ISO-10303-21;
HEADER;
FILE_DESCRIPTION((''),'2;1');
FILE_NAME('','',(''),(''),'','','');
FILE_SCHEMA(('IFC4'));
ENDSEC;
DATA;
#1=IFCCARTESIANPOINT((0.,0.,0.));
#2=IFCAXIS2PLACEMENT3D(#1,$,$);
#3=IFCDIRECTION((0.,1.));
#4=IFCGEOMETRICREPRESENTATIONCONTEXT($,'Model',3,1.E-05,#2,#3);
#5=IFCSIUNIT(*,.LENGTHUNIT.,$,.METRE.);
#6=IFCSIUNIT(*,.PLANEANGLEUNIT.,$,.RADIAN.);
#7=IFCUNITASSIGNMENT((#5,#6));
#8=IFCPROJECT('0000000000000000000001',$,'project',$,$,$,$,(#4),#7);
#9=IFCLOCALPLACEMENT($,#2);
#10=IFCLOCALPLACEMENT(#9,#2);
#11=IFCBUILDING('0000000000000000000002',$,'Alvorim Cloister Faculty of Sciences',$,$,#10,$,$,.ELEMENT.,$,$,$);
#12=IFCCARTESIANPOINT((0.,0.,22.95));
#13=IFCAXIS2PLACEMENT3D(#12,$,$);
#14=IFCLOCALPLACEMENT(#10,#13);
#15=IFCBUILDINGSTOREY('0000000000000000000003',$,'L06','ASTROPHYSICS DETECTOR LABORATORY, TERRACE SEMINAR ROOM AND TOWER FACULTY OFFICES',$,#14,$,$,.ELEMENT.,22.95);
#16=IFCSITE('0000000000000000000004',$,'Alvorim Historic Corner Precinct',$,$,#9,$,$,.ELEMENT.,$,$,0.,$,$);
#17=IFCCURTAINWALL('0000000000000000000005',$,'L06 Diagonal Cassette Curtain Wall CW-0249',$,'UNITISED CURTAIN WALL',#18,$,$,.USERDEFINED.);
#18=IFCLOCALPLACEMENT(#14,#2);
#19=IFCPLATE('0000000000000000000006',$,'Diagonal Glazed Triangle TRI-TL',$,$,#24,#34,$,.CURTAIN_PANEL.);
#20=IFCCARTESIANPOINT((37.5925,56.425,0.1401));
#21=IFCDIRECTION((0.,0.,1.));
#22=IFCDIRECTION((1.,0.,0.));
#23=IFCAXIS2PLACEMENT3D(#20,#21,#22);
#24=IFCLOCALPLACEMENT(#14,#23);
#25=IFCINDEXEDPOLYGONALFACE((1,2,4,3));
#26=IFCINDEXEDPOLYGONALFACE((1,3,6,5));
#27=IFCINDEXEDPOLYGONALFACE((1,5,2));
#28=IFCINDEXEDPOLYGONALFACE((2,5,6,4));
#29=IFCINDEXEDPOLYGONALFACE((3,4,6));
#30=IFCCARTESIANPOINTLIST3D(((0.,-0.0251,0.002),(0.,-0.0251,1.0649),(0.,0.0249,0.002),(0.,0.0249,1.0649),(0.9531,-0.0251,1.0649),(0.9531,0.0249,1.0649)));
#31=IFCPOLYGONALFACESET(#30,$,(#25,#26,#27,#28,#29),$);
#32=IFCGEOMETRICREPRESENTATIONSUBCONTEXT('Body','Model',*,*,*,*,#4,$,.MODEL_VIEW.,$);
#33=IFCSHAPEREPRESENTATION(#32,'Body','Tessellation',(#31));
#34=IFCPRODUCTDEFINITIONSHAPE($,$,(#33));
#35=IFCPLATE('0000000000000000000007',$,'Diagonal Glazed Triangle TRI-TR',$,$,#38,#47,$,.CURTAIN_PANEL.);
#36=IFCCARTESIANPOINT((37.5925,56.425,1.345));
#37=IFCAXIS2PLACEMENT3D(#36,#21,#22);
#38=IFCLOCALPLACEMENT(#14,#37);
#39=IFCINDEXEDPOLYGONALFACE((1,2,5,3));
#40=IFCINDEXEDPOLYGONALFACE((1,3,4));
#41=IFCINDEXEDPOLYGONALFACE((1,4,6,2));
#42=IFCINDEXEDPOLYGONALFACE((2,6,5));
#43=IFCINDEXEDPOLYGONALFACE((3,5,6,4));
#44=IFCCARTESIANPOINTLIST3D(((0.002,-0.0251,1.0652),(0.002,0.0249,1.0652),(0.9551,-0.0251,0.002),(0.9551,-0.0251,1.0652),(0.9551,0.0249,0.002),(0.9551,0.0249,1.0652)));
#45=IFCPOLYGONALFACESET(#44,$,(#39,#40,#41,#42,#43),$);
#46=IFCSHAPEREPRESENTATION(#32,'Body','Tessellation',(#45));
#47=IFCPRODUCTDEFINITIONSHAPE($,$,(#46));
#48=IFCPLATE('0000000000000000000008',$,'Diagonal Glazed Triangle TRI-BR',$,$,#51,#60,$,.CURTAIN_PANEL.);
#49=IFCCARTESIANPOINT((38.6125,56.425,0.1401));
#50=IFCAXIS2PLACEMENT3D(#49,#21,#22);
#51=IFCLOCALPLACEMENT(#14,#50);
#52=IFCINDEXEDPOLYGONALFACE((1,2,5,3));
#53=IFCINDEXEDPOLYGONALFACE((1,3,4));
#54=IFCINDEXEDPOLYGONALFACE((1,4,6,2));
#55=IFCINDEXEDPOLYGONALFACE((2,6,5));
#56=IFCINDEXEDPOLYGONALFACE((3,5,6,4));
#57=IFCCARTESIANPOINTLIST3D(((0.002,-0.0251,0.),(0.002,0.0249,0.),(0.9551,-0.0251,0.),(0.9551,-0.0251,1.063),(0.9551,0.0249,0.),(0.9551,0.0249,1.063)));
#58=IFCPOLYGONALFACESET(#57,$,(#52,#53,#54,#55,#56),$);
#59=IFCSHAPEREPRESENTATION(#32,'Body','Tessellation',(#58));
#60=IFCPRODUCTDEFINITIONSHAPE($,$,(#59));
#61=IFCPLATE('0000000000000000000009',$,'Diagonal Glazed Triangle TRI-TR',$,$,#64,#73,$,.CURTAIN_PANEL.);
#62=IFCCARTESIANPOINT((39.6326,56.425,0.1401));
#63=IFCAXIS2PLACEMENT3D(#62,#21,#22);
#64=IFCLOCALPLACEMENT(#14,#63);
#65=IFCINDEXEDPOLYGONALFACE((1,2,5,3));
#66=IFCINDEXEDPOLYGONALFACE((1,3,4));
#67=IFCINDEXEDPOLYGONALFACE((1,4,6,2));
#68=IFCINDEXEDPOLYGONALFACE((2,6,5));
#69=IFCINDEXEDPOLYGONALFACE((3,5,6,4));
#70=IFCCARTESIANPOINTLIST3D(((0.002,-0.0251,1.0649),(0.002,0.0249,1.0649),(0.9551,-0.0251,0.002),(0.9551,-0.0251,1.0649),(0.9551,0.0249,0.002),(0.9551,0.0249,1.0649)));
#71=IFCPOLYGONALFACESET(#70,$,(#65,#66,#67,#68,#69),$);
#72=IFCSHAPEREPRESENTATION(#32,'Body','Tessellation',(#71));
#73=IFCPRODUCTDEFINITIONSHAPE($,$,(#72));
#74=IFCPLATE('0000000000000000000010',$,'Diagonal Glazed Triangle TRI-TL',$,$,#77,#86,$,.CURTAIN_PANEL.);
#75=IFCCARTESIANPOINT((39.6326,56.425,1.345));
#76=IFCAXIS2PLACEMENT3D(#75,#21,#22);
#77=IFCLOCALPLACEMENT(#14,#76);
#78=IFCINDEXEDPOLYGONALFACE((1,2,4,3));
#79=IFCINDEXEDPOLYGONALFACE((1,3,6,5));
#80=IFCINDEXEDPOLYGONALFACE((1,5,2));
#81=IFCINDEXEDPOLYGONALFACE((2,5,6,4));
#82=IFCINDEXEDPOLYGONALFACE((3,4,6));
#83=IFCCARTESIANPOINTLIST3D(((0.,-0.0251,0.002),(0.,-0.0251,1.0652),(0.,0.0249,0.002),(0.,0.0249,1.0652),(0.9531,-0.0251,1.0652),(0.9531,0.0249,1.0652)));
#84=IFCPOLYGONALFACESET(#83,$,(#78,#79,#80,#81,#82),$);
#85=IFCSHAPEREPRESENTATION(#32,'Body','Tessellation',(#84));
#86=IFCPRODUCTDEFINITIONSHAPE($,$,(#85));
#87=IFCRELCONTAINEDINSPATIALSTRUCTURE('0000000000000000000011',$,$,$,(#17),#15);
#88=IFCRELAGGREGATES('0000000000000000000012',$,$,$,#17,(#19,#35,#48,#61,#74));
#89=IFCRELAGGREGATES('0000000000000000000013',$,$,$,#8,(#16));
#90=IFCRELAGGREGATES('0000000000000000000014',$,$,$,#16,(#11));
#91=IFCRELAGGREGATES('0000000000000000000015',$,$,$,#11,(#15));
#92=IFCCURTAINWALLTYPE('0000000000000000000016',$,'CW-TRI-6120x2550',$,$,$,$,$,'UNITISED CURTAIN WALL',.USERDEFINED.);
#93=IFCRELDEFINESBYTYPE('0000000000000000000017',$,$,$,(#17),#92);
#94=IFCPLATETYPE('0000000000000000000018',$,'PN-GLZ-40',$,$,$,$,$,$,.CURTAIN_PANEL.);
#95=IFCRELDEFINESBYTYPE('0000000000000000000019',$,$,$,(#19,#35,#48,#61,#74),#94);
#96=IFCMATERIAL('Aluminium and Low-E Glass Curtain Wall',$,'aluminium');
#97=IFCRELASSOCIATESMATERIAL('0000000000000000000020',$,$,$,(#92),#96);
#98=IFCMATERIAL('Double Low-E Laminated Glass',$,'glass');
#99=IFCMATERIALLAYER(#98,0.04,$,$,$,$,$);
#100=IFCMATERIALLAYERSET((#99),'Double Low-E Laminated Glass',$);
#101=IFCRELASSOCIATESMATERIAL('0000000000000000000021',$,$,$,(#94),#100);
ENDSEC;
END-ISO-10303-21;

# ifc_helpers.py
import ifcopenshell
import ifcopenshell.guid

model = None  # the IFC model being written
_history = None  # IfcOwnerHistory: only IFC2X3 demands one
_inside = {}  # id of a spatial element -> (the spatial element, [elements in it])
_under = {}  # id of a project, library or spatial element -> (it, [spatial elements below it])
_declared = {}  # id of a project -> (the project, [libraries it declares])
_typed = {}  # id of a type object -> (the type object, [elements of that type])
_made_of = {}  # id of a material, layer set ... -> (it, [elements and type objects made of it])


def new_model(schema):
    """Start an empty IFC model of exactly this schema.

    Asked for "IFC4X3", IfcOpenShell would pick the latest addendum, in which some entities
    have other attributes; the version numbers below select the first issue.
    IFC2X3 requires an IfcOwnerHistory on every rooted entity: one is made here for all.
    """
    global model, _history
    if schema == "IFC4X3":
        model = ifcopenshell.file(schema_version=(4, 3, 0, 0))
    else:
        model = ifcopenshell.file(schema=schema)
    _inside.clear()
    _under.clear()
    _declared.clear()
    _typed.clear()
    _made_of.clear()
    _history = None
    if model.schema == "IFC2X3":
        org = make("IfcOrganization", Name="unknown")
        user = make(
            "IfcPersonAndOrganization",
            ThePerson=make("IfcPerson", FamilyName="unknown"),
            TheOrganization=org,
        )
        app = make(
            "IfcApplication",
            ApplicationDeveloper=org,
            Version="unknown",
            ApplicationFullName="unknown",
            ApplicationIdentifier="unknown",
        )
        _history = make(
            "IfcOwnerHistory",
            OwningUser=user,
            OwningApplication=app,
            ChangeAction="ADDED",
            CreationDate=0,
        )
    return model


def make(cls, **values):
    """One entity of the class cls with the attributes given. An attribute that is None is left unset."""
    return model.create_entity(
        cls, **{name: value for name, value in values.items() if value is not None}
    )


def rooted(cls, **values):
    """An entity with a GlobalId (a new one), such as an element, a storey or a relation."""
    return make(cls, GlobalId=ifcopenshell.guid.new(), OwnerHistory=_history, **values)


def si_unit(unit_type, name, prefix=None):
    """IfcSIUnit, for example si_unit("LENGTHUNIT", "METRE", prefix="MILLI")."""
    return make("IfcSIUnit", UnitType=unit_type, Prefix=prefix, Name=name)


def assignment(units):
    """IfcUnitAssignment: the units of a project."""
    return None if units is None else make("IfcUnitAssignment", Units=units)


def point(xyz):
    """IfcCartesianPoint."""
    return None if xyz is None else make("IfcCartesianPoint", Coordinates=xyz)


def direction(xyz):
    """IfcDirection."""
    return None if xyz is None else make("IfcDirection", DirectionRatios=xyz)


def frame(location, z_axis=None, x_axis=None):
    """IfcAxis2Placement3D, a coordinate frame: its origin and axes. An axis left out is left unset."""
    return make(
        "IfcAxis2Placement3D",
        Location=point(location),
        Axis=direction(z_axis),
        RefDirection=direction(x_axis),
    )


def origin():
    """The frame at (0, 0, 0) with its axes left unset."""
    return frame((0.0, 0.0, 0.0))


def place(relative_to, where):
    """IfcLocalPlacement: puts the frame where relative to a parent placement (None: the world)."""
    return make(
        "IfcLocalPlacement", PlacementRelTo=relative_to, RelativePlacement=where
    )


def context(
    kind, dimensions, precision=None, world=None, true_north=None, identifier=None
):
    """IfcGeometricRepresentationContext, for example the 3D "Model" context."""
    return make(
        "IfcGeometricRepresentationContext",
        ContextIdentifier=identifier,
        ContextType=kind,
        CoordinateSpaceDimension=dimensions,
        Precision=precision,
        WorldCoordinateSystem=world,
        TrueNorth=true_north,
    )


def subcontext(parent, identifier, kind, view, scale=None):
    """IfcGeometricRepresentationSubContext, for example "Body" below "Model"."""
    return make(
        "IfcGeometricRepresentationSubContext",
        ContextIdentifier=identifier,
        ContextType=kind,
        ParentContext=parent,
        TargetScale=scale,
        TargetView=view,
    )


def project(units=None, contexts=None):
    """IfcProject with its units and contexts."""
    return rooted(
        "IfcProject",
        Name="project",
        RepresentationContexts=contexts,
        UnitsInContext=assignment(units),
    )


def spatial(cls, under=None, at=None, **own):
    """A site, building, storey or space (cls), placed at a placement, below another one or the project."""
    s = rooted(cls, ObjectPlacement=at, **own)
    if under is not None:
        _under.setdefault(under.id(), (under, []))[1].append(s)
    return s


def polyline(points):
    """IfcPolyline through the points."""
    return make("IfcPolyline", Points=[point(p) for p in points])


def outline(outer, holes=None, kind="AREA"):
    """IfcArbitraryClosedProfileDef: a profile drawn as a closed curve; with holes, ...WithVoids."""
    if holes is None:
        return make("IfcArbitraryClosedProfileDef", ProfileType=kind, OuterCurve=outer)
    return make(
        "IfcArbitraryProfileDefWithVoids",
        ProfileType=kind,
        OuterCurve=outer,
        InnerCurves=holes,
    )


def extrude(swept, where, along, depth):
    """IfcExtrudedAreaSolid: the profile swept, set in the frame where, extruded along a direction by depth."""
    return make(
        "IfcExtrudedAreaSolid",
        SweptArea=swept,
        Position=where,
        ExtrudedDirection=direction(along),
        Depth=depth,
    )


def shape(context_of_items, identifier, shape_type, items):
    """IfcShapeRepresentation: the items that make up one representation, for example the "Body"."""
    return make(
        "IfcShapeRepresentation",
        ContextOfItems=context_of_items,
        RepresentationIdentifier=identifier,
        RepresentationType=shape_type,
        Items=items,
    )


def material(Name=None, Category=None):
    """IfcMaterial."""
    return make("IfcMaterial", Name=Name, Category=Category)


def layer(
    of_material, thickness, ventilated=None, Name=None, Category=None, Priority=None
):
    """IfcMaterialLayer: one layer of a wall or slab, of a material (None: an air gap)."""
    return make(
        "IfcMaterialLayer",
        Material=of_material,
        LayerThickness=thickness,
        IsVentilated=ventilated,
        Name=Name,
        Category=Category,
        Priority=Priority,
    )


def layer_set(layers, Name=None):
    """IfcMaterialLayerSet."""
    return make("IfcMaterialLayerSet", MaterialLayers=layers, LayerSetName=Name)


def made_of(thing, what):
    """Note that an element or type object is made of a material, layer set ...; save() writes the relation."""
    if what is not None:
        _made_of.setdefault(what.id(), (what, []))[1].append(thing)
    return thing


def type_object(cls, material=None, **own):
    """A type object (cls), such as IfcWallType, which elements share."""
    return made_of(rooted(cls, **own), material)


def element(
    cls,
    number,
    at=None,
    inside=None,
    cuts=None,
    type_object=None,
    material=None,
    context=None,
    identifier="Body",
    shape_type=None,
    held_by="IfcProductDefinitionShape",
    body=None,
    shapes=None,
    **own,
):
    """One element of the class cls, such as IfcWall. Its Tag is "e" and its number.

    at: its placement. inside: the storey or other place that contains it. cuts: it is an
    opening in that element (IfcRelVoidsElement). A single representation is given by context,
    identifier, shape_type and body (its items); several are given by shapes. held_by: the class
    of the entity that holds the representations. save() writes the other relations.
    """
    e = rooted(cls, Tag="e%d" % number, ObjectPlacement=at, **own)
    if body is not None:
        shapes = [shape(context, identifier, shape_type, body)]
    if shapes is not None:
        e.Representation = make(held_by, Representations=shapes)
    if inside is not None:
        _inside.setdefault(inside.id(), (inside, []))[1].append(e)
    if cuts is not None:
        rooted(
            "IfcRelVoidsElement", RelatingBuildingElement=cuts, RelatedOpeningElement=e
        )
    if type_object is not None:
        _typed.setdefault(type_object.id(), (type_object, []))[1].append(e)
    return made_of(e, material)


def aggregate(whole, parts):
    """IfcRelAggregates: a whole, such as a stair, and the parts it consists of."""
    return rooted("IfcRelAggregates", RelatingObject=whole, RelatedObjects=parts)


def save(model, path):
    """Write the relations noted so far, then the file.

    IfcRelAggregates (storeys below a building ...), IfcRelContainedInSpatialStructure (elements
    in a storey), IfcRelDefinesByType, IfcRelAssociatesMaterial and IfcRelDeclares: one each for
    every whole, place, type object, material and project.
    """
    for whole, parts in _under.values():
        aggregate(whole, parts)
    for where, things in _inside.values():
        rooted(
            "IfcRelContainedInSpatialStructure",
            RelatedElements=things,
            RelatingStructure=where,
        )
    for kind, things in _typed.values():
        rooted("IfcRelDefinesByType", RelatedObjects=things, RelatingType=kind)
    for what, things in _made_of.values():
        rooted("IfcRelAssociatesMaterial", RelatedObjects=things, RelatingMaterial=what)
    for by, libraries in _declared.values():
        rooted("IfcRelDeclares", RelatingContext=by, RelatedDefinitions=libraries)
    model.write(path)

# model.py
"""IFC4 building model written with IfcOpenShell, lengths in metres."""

from ifc_helpers import new_model, si_unit, direction, frame, origin, place, context, subcontext, project, spatial, polyline, outline, extrude, material, layer, layer_set, type_object, element, aggregate, save


model = new_model("IFC4")

# Units and contexts
model_context = context("Model", 3, precision=1e-05, world=origin(), true_north=direction((0.0, 1.0)))
body_context = subcontext(model_context, "Body", "Model", "MODEL_VIEW")
ifc_project = project(units=[si_unit("LENGTHUNIT", "METRE"), si_unit("PLANEANGLEUNIT", "RADIAN")], contexts=[model_context])

# Site, building, storey
site_placement = place(None, origin())
site = spatial("IfcSite", under=ifc_project, at=site_placement, Name="Alvorim Historic Corner Precinct", CompositionType="ELEMENT", RefElevation=0.0)
building_placement = place(site_placement, origin())
building = spatial("IfcBuilding", under=site, at=building_placement, Name="Alvorim Cloister Faculty of Sciences", CompositionType="ELEMENT")
storey_placement = place(building_placement, frame((0.0, 0.0, 22.95)))
storey = spatial("IfcBuildingStorey", under=building, at=storey_placement, Name="L06", Description="ASTROPHYSICS DETECTOR LABORATORY, TERRACE SEMINAR ROOM AND TOWER FACULTY OFFICES", CompositionType="ELEMENT", Elevation=22.95)

# Curtain wall, plates
ifc_material_1 = material(Name="Aluminium and Low-E Glass Curtain Wall", Category="aluminium")
curtain_wall_type = type_object("IfcCurtainWallType", Name="CW-TRI-6120x2550", ElementType="UNITISED CURTAIN WALL", PredefinedType="USERDEFINED", material=ifc_material_1)
curtain_wall_placement = place(storey_placement, origin())
curtain_wall = element("IfcCurtainWall", 1, at=curtain_wall_placement, inside=storey, type_object=curtain_wall_type, Name="L06 Diagonal Cassette Curtain Wall CW-0249", ObjectType="UNITISED CURTAIN WALL", PredefinedType="USERDEFINED")
ifc_material_2 = material(Name="Double Low-E Laminated Glass", Category="glass")
ifc_layer = layer(ifc_material_2, 0.04)
ifc_layer_set = layer_set([ifc_layer], Name="Double Low-E Laminated Glass")
plate_type = type_object("IfcPlateType", Name="PN-GLZ-40", PredefinedType="CURTAIN_PANEL", material=ifc_layer_set)
plate_1_placement = place(storey_placement, frame((37.5925, 56.425, 0.1401), z_axis=(0.0, 0.0, 1.0), x_axis=(1.0, 0.0, 0.0)))
plate_1 = element("IfcPlate", 2, at=plate_1_placement, type_object=plate_type, Name="Diagonal Glazed Triangle TRI-TL", PredefinedType="CURTAIN_PANEL", context=body_context, shape_type="SweptSolid", body=[
    extrude(outline(polyline([(0.9531, 1.0649), (0.0, 1.0649), (0.0, 0.002), (0.9531, 1.0649)])), frame((0.0, 0.0249, 0.0), z_axis=(0.0, -1.0, 0.0), x_axis=(1.0, 0.0, 0.0)), (0.0, 0.0, 1.0), 0.05),
])
plate_2_placement = place(storey_placement, frame((37.5925, 56.425, 1.345), z_axis=(0.0, 0.0, 1.0), x_axis=(1.0, 0.0, 0.0)))
plate_2 = element("IfcPlate", 3, at=plate_2_placement, type_object=plate_type, Name="Diagonal Glazed Triangle TRI-TR", PredefinedType="CURTAIN_PANEL", context=body_context, shape_type="SweptSolid", body=[
    extrude(outline(polyline([(0.9551, 0.002), (0.9551, 1.0652), (0.002, 1.0652), (0.9551, 0.002)])), frame((0.0, 0.0249, 0.0), z_axis=(0.0, -1.0, 0.0), x_axis=(1.0, 0.0, 0.0)), (0.0, 0.0, 1.0), 0.05),
])
plate_3_placement = place(storey_placement, frame((38.6125, 56.425, 0.1401), z_axis=(0.0, 0.0, 1.0), x_axis=(1.0, 0.0, 0.0)))
plate_3 = element("IfcPlate", 4, at=plate_3_placement, type_object=plate_type, Name="Diagonal Glazed Triangle TRI-BR", PredefinedType="CURTAIN_PANEL", context=body_context, shape_type="SweptSolid", body=[
    extrude(outline(polyline([(0.002, 0.0), (0.9551, 0.0), (0.9551, 1.063), (0.002, 0.0)])), frame((0.0, 0.0249, 0.0), z_axis=(0.0, -1.0, 0.0), x_axis=(1.0, 0.0, 0.0)), (0.0, 0.0, 1.0), 0.05),
])
plate_4_placement = place(storey_placement, frame((39.6326, 56.425, 0.1401), z_axis=(0.0, 0.0, 1.0), x_axis=(1.0, 0.0, 0.0)))
plate_4 = element("IfcPlate", 5, at=plate_4_placement, type_object=plate_type, Name="Diagonal Glazed Triangle TRI-TR", PredefinedType="CURTAIN_PANEL", context=body_context, shape_type="SweptSolid", body=[
    extrude(outline(polyline([(0.9551, 0.002), (0.9551, 1.0649), (0.002, 1.0649), (0.9551, 0.002)])), frame((0.0, 0.0249, 0.0), z_axis=(0.0, -1.0, 0.0), x_axis=(1.0, 0.0, 0.0)), (0.0, 0.0, 1.0), 0.05),
])
plate_5_placement = place(storey_placement, frame((39.6326, 56.425, 1.345), z_axis=(0.0, 0.0, 1.0), x_axis=(1.0, 0.0, 0.0)))
plate_5 = element("IfcPlate", 6, at=plate_5_placement, type_object=plate_type, Name="Diagonal Glazed Triangle TRI-TL", PredefinedType="CURTAIN_PANEL", context=body_context, shape_type="SweptSolid", body=[
    extrude(outline(polyline([(0.9531, 1.0652), (0.0, 1.0652), (0.0, 0.002), (0.9531, 1.0652)])), frame((0.0, 0.0249, 0.0), z_axis=(0.0, -1.0, 0.0), x_axis=(1.0, 0.0, 0.0)), (0.0, 0.0, 1.0), 0.05),
])
aggregate(curtain_wall, [plate_1, plate_2, plate_3, plate_4, plate_5])

save(model, "model.ifc")
